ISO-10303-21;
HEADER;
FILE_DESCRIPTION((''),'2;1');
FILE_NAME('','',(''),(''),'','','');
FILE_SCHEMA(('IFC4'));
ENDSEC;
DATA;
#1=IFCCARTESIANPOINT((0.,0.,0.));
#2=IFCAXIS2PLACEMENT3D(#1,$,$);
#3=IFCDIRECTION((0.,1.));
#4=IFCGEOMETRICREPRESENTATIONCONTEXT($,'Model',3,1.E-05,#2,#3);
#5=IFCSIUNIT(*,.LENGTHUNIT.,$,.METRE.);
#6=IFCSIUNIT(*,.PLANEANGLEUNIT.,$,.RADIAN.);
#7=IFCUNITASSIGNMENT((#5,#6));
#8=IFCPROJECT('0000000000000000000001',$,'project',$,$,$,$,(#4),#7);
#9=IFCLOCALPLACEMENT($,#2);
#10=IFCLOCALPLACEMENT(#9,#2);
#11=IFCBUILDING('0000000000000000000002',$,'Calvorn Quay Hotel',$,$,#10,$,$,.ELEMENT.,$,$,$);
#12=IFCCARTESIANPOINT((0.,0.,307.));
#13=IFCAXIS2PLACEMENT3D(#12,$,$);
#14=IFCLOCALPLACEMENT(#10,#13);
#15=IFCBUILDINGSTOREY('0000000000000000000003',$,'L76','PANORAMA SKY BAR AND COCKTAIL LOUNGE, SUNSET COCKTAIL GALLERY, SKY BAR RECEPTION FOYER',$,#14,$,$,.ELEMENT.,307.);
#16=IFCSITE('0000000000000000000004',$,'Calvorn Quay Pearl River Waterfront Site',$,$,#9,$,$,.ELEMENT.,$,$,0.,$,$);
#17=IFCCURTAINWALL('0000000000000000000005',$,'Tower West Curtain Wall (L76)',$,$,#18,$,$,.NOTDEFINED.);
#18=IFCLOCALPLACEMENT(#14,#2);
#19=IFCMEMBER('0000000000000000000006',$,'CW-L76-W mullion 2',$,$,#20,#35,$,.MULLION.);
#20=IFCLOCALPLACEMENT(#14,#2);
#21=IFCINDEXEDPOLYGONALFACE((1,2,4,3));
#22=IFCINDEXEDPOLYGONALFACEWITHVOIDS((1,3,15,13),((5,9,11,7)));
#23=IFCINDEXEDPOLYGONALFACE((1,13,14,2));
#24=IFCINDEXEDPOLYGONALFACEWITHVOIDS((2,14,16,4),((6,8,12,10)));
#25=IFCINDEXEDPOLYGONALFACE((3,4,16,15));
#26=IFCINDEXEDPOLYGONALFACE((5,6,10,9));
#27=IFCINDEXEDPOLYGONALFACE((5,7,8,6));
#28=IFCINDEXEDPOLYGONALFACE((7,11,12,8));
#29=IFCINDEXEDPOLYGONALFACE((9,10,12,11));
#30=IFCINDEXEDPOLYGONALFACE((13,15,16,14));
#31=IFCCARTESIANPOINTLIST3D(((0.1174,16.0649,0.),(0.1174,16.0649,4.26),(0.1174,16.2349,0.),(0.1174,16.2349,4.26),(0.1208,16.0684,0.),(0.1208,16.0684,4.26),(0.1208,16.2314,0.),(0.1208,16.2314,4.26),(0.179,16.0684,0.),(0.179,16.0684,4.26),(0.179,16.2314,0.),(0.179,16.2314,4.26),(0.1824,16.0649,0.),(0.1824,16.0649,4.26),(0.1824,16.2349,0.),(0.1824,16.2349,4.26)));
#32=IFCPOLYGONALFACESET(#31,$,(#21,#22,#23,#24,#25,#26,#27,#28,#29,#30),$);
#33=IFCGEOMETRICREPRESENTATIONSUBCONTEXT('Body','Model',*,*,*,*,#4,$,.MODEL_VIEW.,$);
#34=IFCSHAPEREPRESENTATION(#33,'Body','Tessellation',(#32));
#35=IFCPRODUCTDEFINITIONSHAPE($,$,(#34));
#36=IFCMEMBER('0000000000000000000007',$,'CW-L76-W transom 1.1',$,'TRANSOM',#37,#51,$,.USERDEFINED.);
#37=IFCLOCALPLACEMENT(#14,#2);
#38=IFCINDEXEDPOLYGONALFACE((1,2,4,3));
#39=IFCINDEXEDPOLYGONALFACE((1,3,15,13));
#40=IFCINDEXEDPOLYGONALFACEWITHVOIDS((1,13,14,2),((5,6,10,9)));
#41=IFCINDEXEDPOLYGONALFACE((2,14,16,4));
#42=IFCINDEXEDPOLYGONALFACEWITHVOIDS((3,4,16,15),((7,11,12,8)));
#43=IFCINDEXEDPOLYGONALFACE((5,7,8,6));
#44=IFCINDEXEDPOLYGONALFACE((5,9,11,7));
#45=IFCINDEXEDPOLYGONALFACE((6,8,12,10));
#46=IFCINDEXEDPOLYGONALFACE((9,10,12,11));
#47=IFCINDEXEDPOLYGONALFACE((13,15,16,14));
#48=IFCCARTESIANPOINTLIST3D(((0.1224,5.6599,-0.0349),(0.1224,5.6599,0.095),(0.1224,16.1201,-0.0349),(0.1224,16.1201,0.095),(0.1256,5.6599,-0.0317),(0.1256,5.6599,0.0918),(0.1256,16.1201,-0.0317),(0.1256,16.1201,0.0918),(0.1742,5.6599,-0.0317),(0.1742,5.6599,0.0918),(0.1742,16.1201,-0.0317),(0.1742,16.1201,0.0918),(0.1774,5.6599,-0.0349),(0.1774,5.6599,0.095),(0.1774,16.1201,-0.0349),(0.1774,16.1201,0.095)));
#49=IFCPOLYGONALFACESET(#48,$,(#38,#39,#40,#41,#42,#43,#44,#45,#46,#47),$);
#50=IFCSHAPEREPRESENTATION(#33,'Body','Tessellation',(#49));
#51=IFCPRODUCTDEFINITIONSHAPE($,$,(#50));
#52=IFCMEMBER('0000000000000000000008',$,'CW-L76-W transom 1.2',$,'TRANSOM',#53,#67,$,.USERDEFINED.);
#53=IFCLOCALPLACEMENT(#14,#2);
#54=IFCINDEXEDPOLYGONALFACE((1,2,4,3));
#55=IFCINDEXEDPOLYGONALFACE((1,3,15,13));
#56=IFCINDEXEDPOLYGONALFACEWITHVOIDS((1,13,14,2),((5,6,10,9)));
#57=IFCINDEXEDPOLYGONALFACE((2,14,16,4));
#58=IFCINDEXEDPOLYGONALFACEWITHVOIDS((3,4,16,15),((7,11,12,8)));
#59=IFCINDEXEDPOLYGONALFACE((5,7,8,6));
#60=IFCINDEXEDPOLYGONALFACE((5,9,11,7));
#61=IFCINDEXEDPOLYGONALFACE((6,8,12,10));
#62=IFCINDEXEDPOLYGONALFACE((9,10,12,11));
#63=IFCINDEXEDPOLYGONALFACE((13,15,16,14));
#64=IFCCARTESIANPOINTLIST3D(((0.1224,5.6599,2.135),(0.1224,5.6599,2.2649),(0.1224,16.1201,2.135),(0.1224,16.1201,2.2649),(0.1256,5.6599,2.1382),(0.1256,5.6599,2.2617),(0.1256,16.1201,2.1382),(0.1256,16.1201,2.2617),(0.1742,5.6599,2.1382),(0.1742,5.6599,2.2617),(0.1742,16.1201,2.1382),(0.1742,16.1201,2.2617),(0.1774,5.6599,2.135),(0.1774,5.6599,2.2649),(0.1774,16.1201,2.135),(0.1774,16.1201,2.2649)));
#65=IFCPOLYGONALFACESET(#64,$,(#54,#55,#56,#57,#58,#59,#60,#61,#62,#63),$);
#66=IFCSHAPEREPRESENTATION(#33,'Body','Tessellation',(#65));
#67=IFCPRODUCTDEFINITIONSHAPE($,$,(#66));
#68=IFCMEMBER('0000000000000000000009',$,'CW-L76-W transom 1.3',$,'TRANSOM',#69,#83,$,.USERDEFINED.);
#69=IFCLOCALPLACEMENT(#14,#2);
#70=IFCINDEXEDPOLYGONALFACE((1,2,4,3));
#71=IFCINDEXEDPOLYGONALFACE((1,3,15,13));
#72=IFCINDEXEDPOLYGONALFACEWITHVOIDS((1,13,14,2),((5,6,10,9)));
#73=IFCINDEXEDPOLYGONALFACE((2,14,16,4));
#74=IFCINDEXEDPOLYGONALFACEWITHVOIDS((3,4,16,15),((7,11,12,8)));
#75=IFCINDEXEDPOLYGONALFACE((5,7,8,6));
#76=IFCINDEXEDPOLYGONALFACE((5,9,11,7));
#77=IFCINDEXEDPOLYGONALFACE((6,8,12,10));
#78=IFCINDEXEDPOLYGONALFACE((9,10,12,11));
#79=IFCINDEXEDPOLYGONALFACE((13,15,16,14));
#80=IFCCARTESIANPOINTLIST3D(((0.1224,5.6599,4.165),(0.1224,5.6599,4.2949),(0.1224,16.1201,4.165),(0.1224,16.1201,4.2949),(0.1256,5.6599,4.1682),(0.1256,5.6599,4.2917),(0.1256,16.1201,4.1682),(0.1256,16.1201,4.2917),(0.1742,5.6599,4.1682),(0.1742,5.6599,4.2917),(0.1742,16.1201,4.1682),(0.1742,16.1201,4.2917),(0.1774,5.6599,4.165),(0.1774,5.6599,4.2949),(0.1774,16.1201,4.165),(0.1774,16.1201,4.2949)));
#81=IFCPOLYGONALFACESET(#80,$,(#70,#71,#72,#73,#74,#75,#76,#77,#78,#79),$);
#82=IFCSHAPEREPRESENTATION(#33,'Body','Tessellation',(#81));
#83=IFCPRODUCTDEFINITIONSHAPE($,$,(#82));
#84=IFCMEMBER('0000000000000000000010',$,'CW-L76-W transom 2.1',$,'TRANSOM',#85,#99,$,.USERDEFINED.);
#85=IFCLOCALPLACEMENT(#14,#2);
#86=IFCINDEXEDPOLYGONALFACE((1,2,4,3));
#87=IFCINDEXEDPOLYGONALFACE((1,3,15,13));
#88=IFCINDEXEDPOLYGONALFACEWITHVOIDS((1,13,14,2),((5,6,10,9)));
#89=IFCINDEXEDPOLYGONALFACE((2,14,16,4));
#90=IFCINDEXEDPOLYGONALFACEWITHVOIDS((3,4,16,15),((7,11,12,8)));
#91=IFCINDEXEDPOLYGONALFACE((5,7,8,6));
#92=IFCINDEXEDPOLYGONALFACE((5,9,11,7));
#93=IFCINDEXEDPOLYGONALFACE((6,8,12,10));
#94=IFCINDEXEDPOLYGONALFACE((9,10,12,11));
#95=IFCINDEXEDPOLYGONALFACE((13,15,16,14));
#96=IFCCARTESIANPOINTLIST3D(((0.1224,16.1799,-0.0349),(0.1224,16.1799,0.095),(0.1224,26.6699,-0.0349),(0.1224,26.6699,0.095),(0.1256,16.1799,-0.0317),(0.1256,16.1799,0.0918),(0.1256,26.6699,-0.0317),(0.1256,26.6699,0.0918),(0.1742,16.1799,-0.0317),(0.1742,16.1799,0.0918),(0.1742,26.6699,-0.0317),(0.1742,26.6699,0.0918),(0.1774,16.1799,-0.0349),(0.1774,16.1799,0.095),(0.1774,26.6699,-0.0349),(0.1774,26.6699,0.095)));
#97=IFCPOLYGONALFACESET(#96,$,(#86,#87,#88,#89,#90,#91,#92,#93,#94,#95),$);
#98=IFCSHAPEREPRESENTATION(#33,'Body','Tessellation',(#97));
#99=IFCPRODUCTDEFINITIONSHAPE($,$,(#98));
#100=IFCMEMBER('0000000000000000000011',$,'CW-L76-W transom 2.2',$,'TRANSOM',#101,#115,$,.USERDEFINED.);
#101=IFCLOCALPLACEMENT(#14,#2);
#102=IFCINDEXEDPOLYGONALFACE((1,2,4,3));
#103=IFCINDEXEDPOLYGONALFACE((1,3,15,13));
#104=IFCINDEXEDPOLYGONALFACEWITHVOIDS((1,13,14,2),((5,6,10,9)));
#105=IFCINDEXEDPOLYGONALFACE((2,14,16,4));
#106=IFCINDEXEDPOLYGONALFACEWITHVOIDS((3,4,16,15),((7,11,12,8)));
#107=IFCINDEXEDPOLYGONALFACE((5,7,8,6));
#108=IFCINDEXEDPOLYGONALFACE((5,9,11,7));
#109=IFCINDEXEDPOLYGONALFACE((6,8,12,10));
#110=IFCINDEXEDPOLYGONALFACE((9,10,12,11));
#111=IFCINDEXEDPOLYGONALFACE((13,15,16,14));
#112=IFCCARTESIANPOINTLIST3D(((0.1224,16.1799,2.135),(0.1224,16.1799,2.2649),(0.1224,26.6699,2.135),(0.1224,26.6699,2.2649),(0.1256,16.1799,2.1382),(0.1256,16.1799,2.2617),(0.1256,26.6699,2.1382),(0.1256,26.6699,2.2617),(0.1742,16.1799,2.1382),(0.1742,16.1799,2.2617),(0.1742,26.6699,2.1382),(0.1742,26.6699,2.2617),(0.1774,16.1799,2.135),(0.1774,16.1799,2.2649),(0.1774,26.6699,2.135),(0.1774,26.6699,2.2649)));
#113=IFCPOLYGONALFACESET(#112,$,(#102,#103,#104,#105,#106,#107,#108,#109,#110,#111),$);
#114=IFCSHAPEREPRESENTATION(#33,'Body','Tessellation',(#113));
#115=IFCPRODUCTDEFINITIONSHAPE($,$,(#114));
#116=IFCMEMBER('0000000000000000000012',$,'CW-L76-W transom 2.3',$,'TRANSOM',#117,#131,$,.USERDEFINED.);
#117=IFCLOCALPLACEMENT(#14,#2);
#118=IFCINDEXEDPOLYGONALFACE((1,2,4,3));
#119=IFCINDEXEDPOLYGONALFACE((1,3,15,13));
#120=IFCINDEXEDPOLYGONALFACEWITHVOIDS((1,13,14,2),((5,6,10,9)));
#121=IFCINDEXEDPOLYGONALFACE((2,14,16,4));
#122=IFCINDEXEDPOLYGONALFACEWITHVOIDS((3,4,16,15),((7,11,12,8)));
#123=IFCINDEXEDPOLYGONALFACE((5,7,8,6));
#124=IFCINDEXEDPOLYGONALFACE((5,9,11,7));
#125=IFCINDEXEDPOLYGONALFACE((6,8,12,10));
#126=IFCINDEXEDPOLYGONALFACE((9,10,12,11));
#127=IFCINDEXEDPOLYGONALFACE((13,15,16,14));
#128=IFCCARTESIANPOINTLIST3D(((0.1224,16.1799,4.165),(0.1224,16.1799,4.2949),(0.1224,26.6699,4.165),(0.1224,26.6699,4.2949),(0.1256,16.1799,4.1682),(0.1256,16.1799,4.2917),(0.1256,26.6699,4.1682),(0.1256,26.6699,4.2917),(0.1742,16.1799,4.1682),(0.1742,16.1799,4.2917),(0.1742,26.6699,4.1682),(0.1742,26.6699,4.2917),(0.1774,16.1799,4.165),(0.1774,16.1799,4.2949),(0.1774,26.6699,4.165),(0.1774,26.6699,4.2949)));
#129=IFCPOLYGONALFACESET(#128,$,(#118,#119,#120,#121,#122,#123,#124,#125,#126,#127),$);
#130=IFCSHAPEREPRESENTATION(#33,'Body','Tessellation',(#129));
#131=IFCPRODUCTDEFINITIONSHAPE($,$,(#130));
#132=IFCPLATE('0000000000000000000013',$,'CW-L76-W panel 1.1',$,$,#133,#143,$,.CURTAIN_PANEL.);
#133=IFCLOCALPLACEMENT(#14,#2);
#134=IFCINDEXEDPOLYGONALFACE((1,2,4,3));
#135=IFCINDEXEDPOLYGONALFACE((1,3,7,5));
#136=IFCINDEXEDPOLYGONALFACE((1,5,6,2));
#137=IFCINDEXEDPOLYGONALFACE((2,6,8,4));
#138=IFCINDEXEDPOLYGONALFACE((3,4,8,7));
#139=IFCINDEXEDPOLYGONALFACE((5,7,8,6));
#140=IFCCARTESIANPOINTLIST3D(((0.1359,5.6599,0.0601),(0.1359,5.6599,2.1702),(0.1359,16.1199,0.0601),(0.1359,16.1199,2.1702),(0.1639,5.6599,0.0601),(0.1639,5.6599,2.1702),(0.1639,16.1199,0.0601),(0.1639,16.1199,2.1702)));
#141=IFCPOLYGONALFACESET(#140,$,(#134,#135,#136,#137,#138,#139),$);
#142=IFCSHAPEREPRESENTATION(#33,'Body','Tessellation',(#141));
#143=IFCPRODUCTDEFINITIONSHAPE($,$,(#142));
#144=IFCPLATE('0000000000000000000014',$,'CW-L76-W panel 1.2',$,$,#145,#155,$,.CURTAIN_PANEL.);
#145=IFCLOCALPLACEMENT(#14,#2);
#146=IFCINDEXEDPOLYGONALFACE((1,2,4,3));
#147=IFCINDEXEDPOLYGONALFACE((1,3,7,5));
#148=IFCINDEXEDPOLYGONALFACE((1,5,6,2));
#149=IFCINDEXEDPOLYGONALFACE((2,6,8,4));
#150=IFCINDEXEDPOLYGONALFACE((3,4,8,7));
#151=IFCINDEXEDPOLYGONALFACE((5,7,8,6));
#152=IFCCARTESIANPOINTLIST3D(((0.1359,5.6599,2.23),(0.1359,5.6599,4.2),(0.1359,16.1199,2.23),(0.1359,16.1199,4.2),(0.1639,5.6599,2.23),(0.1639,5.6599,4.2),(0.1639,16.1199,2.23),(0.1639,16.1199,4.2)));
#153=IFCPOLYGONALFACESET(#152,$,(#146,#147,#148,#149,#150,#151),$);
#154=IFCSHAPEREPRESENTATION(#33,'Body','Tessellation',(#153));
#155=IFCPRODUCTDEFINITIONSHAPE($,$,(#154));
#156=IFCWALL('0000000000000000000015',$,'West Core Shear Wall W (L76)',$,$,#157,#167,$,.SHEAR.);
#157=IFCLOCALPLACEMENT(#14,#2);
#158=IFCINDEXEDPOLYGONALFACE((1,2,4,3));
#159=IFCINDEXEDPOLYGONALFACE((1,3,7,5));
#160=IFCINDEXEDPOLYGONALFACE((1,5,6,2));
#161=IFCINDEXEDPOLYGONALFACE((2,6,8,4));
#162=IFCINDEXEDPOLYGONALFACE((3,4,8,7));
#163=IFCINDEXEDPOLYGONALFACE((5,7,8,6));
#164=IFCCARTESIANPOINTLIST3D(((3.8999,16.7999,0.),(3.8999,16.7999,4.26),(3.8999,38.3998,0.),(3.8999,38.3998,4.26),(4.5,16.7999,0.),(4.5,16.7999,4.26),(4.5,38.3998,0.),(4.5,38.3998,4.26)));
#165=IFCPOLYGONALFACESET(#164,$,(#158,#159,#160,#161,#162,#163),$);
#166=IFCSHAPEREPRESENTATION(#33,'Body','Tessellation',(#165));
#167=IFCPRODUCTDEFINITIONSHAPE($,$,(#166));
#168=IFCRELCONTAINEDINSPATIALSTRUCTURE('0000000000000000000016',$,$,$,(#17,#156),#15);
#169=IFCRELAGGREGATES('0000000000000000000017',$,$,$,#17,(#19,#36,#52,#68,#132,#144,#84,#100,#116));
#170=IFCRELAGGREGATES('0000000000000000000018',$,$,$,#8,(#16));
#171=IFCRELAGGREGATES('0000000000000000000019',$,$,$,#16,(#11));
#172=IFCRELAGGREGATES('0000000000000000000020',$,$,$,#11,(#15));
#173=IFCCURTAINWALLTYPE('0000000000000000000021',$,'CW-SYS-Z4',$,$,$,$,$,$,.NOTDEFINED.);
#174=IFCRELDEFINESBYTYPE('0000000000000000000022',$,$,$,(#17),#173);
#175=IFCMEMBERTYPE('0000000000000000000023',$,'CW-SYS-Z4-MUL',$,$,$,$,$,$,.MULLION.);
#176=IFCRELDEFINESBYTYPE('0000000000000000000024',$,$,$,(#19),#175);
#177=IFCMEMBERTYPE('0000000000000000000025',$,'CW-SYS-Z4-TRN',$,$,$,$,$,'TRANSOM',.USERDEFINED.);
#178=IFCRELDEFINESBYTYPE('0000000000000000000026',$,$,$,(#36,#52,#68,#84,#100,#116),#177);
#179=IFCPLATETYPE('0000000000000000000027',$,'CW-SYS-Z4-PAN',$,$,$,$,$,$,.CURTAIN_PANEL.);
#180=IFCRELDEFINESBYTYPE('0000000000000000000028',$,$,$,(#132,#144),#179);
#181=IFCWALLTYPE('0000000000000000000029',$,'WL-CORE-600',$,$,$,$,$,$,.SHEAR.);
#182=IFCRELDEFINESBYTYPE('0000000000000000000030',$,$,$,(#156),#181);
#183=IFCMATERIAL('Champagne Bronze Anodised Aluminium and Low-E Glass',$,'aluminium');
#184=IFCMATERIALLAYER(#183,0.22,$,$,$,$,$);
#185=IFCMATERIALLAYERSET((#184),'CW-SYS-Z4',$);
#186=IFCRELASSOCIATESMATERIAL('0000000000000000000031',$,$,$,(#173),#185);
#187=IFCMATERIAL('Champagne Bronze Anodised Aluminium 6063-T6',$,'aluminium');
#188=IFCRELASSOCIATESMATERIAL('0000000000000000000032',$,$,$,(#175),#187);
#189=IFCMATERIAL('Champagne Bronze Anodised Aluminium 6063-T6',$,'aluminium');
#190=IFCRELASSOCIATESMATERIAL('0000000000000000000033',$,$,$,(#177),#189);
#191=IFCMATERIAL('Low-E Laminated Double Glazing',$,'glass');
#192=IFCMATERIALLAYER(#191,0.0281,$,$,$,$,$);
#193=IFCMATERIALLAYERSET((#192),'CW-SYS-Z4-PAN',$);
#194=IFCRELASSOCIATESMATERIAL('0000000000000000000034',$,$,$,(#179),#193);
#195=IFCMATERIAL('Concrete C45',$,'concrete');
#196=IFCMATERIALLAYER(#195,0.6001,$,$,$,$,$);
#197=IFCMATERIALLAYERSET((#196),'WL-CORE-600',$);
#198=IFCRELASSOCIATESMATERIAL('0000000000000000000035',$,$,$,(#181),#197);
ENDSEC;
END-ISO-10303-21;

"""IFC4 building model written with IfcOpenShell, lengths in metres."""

from ifc_helpers import new_model, si_unit, direction, frame, frame_2d, origin, origin_2d, place, context, subcontext, project, spatial, rectangle, hollow_rectangle, extrude, material, layer, layer_set, material_profile, profile_set, type_object, element, aggregate, save


model = new_model("IFC4")

# Units and contexts
model_context = context("Model", 3, precision=1e-05, world=origin(), true_north=direction((0.0, 1.0)))
body_context = subcontext(model_context, "Body", "Model", "MODEL_VIEW")
ifc_project = project(units=[si_unit("LENGTHUNIT", "METRE"), si_unit("PLANEANGLEUNIT", "RADIAN")], contexts=[model_context])

# Site, building, storey
site_placement = place(None, origin())
site = spatial("IfcSite", under=ifc_project, at=site_placement, Name="Calvorn Quay Pearl River Waterfront Site", CompositionType="ELEMENT", RefElevation=0.0)
building_placement = place(site_placement, origin())
building = spatial("IfcBuilding", under=site, at=building_placement, Name="Calvorn Quay Hotel", CompositionType="ELEMENT")
storey_placement = place(building_placement, frame((0.0, 0.0, 307.0)))
storey = spatial("IfcBuildingStorey", under=building, at=storey_placement, Name="L76", Description="PANORAMA SKY BAR AND COCKTAIL LOUNGE, SUNSET COCKTAIL GALLERY, SKY BAR RECEPTION FOYER", CompositionType="ELEMENT", Elevation=307.0)

# Curtain wall, members, plates
ifc_material_1 = material(Name="Champagne Bronze Anodised Aluminium and Low-E Glass", Category="aluminium")
ifc_layer_1 = layer(ifc_material_1, 0.22)
ifc_layer_set_1 = layer_set([ifc_layer_1], Name="CW-SYS-Z4")
curtain_wall_type = type_object("IfcCurtainWallType", Name="CW-SYS-Z4", PredefinedType="NOTDEFINED", material=ifc_layer_set_1)
curtain_wall_placement = place(storey_placement, origin())
curtain_wall = element("IfcCurtainWall", 1, at=curtain_wall_placement, inside=storey, type_object=curtain_wall_type, Name="Tower West Curtain Wall (L76)", PredefinedType="NOTDEFINED")
ifc_material_2 = material(Name="Champagne Bronze Anodised Aluminium 6063-T6", Category="aluminium")
ifc_material_profile_1 = material_profile(ifc_material_2, hollow_rectangle(XDim=0.0649, YDim=0.1699, WallThickness=0.0034, at=origin_2d()), Name="ALU-M170x65x3.5")
ifc_profile_set_1 = profile_set([ifc_material_profile_1], Name="Champagne Bronze Anodised Aluminium 6063-T6")
member_type_1 = type_object("IfcMemberType", Name="CW-SYS-Z4-MUL", PredefinedType="MULLION", material=ifc_profile_set_1)
member_1_placement = place(storey_placement, frame((0.1499, 16.1499, 0.0), z_axis=(0.0, 0.0, 1.0), x_axis=(-1.0, 0.0, 0.0)))
member_1 = element("IfcMember", 2, at=member_1_placement, type_object=member_type_1, Name="CW-L76-W mullion 2", PredefinedType="MULLION", context=body_context, shape_type="SweptSolid", body=[
    extrude(hollow_rectangle(XDim=0.0649, YDim=0.1699, WallThickness=0.0034, at=origin_2d()), origin(), (0.0, 0.0, 1.0), 4.26),
])
ifc_material_3 = material(Name="Champagne Bronze Anodised Aluminium 6063-T6", Category="aluminium")
ifc_material_profile_2 = material_profile(ifc_material_3, hollow_rectangle(XDim=0.0549, YDim=0.1299, WallThickness=0.0032, at=origin_2d()), Name="ALU-T130x55x3.2")
ifc_profile_set_2 = profile_set([ifc_material_profile_2], Name="Champagne Bronze Anodised Aluminium 6063-T6")
member_type_2 = type_object("IfcMemberType", Name="CW-SYS-Z4-TRN", ElementType="TRANSOM", PredefinedType="USERDEFINED", material=ifc_profile_set_2)
member_2_placement = place(storey_placement, frame((0.1499, 5.6599, 0.03), z_axis=(0.0, 1.0, 0.0), x_axis=(-1.0, 0.0, 0.0)))
member_2 = element("IfcMember", 3, at=member_2_placement, type_object=member_type_2, Name="CW-L76-W transom 1.1", ObjectType="TRANSOM", PredefinedType="USERDEFINED", context=body_context, shape_type="SweptSolid", body=[
    extrude(hollow_rectangle(XDim=0.0549, YDim=0.1299, WallThickness=0.0032, at=origin_2d()), origin(), (0.0, 0.0, 1.0), 10.4602),
])
member_3_placement = place(storey_placement, frame((0.1499, 5.6599, 2.2), z_axis=(0.0, 1.0, 0.0), x_axis=(-1.0, 0.0, 0.0)))
member_3 = element("IfcMember", 4, at=member_3_placement, type_object=member_type_2, Name="CW-L76-W transom 1.2", ObjectType="TRANSOM", PredefinedType="USERDEFINED", context=body_context, shape_type="SweptSolid", body=[
    extrude(hollow_rectangle(XDim=0.0549, YDim=0.1299, WallThickness=0.0032, at=origin_2d()), origin(), (0.0, 0.0, 1.0), 10.4602),
])
member_4_placement = place(storey_placement, frame((0.1499, 5.6599, 4.23), z_axis=(0.0, 1.0, 0.0), x_axis=(-1.0, 0.0, 0.0)))
member_4 = element("IfcMember", 5, at=member_4_placement, type_object=member_type_2, Name="CW-L76-W transom 1.3", ObjectType="TRANSOM", PredefinedType="USERDEFINED", context=body_context, shape_type="SweptSolid", body=[
    extrude(hollow_rectangle(XDim=0.0549, YDim=0.1299, WallThickness=0.0032, at=origin_2d()), origin(), (0.0, 0.0, 1.0), 10.4602),
])
member_5_placement = place(storey_placement, frame((0.1499, 16.1799, 0.03), z_axis=(0.0, 1.0, 0.0), x_axis=(-1.0, 0.0, 0.0)))
member_5 = element("IfcMember", 6, at=member_5_placement, type_object=member_type_2, Name="CW-L76-W transom 2.1", ObjectType="TRANSOM", PredefinedType="USERDEFINED", context=body_context, shape_type="SweptSolid", body=[
    extrude(hollow_rectangle(XDim=0.0549, YDim=0.1299, WallThickness=0.0032, at=origin_2d()), origin(), (0.0, 0.0, 1.0), 10.49),
])
member_6_placement = place(storey_placement, frame((0.1499, 16.1799, 2.2), z_axis=(0.0, 1.0, 0.0), x_axis=(-1.0, 0.0, 0.0)))
member_6 = element("IfcMember", 7, at=member_6_placement, type_object=member_type_2, Name="CW-L76-W transom 2.2", ObjectType="TRANSOM", PredefinedType="USERDEFINED", context=body_context, shape_type="SweptSolid", body=[
    extrude(hollow_rectangle(XDim=0.0549, YDim=0.1299, WallThickness=0.0032, at=origin_2d()), origin(), (0.0, 0.0, 1.0), 10.49),
])
member_7_placement = place(storey_placement, frame((0.1499, 16.1799, 4.23), z_axis=(0.0, 1.0, 0.0), x_axis=(-1.0, 0.0, 0.0)))
member_7 = element("IfcMember", 8, at=member_7_placement, type_object=member_type_2, Name="CW-L76-W transom 2.3", ObjectType="TRANSOM", PredefinedType="USERDEFINED", context=body_context, shape_type="SweptSolid", body=[
    extrude(hollow_rectangle(XDim=0.0549, YDim=0.1299, WallThickness=0.0032, at=origin_2d()), origin(), (0.0, 0.0, 1.0), 10.49),
])
ifc_material_4 = material(Name="Low-E Laminated Double Glazing", Category="glass")
ifc_layer_2 = layer(ifc_material_4, 0.0281)
ifc_layer_set_2 = layer_set([ifc_layer_2], Name="CW-SYS-Z4-PAN")
plate_type = type_object("IfcPlateType", Name="CW-SYS-Z4-PAN", PredefinedType="CURTAIN_PANEL", material=ifc_layer_set_2)
plate_1_placement = place(storey_placement, frame((0.1499, 10.8899, 0.0601), z_axis=(0.0, 0.0, 1.0), x_axis=(0.0, 1.0, 0.0)))
plate_1 = element("IfcPlate", 9, at=plate_1_placement, type_object=plate_type, Name="CW-L76-W panel 1.1", PredefinedType="CURTAIN_PANEL", context=body_context, shape_type="SweptSolid", body=[
    extrude(rectangle(XDim=10.46, YDim=0.0281, at=origin_2d()), origin(), (0.0, 0.0, 1.0), 2.1101),
])
plate_2_placement = place(storey_placement, frame((0.1499, 10.8899, 2.23), z_axis=(0.0, 0.0, 1.0), x_axis=(0.0, 1.0, 0.0)))
plate_2 = element("IfcPlate", 10, at=plate_2_placement, type_object=plate_type, Name="CW-L76-W panel 1.2", PredefinedType="CURTAIN_PANEL", context=body_context, shape_type="SweptSolid", body=[
    extrude(rectangle(XDim=10.46, YDim=0.0281, at=origin_2d()), origin(), (0.0, 0.0, 1.0), 1.97),
])
aggregate(curtain_wall, [member_1, member_2, member_3, member_4, plate_1, plate_2, member_5, member_6, member_7])

# Wall
ifc_material_5 = material(Name="Concrete C45", Category="concrete")
ifc_layer_3 = layer(ifc_material_5, 0.6001)
ifc_layer_set_3 = layer_set([ifc_layer_3], Name="WL-CORE-600")
wall_type_1 = type_object("IfcWallType", Name="WL-CORE-600", PredefinedType="SHEAR", material=ifc_layer_set_3)
wall_1_placement = place(storey_placement, frame((4.2, 16.8, 0.0), z_axis=(0.0, 0.0, 1.0), x_axis=(0.0, 1.0, 0.0)))
element("IfcWall", 11, at=wall_1_placement, inside=storey, type_object=wall_type_1, Name="West Core Shear Wall W (L76)", PredefinedType="SHEAR", context=body_context, shape_type="SweptSolid", body=[
    extrude(rectangle(XDim=21.5999, YDim=0.6001, at=frame_2d((10.7998, 0.0))), origin(), (0.0, 0.0, 1.0), 4.26),
])

save(model, "model.ifc")
